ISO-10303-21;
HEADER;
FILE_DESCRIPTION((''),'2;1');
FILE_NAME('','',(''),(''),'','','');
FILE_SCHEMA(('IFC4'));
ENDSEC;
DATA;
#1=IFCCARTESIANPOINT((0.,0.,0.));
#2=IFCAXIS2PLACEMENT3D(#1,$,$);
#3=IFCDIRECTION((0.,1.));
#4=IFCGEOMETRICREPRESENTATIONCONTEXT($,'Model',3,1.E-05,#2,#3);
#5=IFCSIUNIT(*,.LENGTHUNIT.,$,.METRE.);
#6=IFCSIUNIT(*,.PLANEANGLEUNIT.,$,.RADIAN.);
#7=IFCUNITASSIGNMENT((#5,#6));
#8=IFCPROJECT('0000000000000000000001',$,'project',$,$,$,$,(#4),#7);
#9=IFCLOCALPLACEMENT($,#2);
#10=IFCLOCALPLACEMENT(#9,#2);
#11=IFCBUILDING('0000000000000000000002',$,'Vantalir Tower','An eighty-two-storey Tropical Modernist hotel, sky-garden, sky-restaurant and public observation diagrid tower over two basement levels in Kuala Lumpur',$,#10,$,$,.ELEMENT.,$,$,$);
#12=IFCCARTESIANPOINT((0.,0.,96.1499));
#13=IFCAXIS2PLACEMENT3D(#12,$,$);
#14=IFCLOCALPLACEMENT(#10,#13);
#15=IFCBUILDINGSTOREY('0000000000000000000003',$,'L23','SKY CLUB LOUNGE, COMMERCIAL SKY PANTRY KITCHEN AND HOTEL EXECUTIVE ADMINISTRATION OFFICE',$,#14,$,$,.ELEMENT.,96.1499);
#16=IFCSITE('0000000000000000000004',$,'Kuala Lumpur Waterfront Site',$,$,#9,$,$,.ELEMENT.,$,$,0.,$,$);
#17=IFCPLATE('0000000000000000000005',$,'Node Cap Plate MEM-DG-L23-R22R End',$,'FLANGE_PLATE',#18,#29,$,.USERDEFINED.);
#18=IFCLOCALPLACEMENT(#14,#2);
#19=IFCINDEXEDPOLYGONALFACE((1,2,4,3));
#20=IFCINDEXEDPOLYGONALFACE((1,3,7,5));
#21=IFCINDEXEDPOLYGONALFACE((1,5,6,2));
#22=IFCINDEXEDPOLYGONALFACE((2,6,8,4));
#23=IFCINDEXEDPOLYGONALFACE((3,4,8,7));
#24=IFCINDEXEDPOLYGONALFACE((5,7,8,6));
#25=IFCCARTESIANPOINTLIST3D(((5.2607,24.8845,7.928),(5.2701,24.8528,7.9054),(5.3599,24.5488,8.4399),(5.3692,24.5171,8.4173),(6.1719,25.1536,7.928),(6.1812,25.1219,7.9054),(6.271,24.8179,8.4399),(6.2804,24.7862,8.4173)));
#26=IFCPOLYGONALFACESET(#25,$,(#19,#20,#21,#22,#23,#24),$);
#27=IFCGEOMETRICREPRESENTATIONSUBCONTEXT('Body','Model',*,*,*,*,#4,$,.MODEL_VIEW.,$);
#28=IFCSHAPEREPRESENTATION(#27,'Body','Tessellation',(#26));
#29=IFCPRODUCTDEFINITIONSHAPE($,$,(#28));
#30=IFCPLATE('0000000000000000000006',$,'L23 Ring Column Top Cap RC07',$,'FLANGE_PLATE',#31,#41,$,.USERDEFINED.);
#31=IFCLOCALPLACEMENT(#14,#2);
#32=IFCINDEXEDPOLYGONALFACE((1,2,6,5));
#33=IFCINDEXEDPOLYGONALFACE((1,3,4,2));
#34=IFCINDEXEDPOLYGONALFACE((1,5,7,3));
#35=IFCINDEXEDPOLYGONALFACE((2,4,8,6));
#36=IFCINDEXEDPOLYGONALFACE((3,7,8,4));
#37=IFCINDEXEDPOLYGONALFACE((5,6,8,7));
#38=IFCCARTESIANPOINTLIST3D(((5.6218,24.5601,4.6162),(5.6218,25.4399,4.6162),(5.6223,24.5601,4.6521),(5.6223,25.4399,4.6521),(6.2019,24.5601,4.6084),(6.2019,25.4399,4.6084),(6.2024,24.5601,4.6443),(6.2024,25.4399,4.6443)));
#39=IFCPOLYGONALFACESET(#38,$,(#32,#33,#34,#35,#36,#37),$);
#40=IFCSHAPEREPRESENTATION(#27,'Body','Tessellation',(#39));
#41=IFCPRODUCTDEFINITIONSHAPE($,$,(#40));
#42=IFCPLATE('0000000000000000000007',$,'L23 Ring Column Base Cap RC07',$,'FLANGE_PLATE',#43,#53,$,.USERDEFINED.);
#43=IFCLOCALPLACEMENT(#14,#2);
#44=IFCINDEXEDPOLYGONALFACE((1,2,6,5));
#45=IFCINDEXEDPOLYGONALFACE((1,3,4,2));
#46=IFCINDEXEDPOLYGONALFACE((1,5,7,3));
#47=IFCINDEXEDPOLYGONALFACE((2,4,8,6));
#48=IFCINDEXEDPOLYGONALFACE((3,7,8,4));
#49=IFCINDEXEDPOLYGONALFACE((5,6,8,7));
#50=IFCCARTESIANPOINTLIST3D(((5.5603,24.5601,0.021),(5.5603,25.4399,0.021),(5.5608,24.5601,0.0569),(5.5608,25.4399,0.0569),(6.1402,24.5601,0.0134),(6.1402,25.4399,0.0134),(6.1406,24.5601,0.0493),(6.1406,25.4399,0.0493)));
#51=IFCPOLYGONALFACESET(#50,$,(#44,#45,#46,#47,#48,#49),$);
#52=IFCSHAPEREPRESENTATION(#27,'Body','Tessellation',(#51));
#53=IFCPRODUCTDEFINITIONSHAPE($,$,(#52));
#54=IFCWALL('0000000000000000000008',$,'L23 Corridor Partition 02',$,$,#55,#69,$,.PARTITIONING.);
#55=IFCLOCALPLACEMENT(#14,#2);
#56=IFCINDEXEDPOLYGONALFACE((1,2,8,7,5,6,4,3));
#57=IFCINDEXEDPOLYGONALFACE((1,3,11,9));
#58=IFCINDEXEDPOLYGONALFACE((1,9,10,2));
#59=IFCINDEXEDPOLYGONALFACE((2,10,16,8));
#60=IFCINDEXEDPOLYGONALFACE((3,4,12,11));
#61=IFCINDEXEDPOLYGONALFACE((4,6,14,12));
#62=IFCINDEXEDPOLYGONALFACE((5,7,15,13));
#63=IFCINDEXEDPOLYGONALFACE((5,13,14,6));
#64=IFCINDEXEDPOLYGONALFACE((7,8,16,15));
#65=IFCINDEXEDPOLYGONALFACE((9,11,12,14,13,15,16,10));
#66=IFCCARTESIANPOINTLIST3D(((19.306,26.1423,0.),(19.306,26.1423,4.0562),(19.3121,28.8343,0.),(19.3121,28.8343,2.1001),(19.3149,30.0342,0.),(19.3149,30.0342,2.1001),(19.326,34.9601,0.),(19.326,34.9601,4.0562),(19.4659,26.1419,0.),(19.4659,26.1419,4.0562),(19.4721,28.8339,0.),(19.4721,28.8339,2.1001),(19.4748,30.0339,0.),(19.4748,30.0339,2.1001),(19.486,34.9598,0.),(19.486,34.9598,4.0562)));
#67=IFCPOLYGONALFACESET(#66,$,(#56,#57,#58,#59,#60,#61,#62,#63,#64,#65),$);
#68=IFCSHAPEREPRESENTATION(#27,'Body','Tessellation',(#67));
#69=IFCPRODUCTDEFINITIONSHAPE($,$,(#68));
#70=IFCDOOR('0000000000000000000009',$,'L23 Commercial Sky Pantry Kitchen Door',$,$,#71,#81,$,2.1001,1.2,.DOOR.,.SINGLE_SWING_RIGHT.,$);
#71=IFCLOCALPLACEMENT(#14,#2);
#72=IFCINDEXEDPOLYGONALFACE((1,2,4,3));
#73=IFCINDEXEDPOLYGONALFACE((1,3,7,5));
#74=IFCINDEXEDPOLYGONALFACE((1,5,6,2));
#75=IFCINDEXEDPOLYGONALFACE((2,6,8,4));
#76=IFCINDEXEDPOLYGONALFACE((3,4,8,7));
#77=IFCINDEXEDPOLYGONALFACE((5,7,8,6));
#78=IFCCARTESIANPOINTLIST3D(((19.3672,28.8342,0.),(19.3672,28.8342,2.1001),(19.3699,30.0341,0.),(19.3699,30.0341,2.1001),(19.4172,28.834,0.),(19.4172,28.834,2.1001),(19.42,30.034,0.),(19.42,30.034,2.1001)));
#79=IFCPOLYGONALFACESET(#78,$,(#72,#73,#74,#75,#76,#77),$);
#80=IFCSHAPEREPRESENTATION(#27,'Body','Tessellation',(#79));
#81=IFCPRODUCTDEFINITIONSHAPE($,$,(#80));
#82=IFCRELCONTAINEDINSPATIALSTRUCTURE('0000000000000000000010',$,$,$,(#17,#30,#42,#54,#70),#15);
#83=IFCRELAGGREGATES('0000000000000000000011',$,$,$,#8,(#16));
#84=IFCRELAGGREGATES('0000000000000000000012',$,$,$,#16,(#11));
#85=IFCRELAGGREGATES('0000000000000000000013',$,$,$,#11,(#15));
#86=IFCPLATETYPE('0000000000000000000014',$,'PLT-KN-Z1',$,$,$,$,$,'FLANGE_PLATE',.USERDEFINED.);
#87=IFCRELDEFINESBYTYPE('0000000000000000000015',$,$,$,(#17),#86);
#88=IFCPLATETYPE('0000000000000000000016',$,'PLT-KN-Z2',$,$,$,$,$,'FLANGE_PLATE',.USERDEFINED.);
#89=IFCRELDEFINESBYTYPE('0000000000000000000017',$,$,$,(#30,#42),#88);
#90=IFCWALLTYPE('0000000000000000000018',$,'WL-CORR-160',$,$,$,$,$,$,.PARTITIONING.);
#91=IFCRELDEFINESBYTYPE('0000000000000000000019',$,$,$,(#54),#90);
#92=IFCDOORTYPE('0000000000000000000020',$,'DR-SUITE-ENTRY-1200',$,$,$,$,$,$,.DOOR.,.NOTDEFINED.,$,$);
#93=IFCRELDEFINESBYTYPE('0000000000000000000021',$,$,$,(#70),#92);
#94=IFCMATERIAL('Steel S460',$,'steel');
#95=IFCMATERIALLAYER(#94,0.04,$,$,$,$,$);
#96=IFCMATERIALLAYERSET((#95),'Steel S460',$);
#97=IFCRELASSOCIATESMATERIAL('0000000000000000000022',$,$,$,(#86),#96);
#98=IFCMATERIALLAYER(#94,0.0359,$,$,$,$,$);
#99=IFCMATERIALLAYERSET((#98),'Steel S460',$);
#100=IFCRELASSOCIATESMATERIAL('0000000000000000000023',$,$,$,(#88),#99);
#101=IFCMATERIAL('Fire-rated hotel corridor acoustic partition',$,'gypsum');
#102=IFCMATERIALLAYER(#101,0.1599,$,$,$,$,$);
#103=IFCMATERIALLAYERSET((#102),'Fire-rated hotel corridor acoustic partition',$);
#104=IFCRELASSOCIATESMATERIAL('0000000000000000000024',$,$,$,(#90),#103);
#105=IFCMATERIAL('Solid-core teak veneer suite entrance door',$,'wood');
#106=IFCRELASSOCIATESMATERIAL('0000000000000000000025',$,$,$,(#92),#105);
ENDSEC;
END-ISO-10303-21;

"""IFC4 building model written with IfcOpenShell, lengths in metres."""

from ifc_helpers import new_model, si_unit, direction, frame, frame_2d, origin, place, context, subcontext, project, spatial, polyline, rectangle, outline, extrude, material, layer, layer_set, type_object, element, fill, save


model = new_model("IFC4")

# Units and contexts
model_context = context("Model", 3, precision=1e-05, world=origin(), true_north=direction((0.0, 1.0)))
body_context = subcontext(model_context, "Body", "Model", "MODEL_VIEW")
ifc_project = project(units=[si_unit("LENGTHUNIT", "METRE"), si_unit("PLANEANGLEUNIT", "RADIAN")], contexts=[model_context])

# Site, building, storey
site_placement = place(None, origin())
site = spatial("IfcSite", under=ifc_project, at=site_placement, Name="Kuala Lumpur Waterfront Site", CompositionType="ELEMENT", RefElevation=0.0)
building_placement = place(site_placement, origin())
building = spatial("IfcBuilding", under=site, at=building_placement, Name="Vantalir Tower", Description="An eighty-two-storey Tropical Modernist hotel, sky-garden, sky-restaurant and public observation diagrid tower over two basement levels in Kuala Lumpur", CompositionType="ELEMENT")
storey_placement = place(building_placement, frame((0.0, 0.0, 96.1499)))
storey = spatial("IfcBuildingStorey", under=building, at=storey_placement, Name="L23", Description="SKY CLUB LOUNGE, COMMERCIAL SKY PANTRY KITCHEN AND HOTEL EXECUTIVE ADMINISTRATION OFFICE", CompositionType="ELEMENT", Elevation=96.1499)

# Shared definitions
ifc_material_1 = material(Name="Steel S460", Category="steel")

# Plates
ifc_layer_1 = layer(ifc_material_1, 0.04)
ifc_layer_set_1 = layer_set([ifc_layer_1], Name="Steel S460")
plate_type_1 = type_object("IfcPlateType", Name="PLT-KN-Z1", ElementType="FLANGE_PLATE", PredefinedType="USERDEFINED", material=ifc_layer_set_1)
plate_1_placement = place(storey_placement, frame((6.1719, 25.1536, 7.928), z_axis=(-0.233781, 0.791715, 0.564389), x_axis=(-0.959062, -0.283196, 0.0)))
element("IfcPlate", 1, at=plate_1_placement, inside=storey, type_object=plate_type_1, Name="Node Cap Plate MEM-DG-L23-R22R End", ObjectType="FLANGE_PLATE", PredefinedType="USERDEFINED", context=body_context, shape_type="SweptSolid", body=[
    extrude(outline(polyline([(0.0, 0.0), (0.95, 0.0), (0.95, 0.6202), (0.0, 0.6202), (0.0, 0.0)])), origin(), (0.0, 0.0, -1.0), 0.04),
])
ifc_layer_2 = layer(ifc_material_1, 0.0359)
ifc_layer_set_2 = layer_set([ifc_layer_2], Name="Steel S460")
plate_type_2 = type_object("IfcPlateType", Name="PLT-KN-Z2", ElementType="FLANGE_PLATE", PredefinedType="USERDEFINED", material=ifc_layer_set_2)
plate_2_placement = place(storey_placement, frame((5.6223, 25.4399, 4.6521), z_axis=(0.013467, 0.0, 0.999909), x_axis=(0.0, -1.0, 0.0)))
element("IfcPlate", 2, at=plate_2_placement, inside=storey, type_object=plate_type_2, Name="L23 Ring Column Top Cap RC07", ObjectType="FLANGE_PLATE", PredefinedType="USERDEFINED", context=body_context, shape_type="SweptSolid", body=[
    extrude(outline(polyline([(0.0, 0.0), (0.8799, 0.0), (0.8799, 0.5801), (0.0, 0.5801), (0.0, 0.0)])), origin(), (0.0, 0.0, -1.0), 0.0359),
])
plate_3_placement = place(storey_placement, frame((5.5608, 25.4399, 0.0569), z_axis=(0.013052, 0.0, 0.999915), x_axis=(0.0, -1.0, 0.0)))
element("IfcPlate", 3, at=plate_3_placement, inside=storey, type_object=plate_type_2, Name="L23 Ring Column Base Cap RC07", ObjectType="FLANGE_PLATE", PredefinedType="USERDEFINED", context=body_context, shape_type="SweptSolid", body=[
    extrude(outline(polyline([(0.0, 0.0), (0.8799, 0.0), (0.8799, 0.5799), (0.0, 0.5799), (0.0, 0.0)])), origin(), (0.0, 0.0, -1.0), 0.0359),
])

# Wall, opening, door
ifc_material_2 = material(Name="Fire-rated hotel corridor acoustic partition", Category="gypsum")
ifc_layer_3 = layer(ifc_material_2, 0.1599)
ifc_layer_set_3 = layer_set([ifc_layer_3], Name="Fire-rated hotel corridor acoustic partition")
wall_type = type_object("IfcWallType", Name="WL-CORR-160", PredefinedType="PARTITIONING", material=ifc_layer_set_3)
wall_placement = place(storey_placement, frame((19.386, 26.1421, 0.0), z_axis=(0.0, 0.0, 1.0), x_axis=(0.00227, 0.999997, 0.0)))
wall = element("IfcWall", 4, at=wall_placement, inside=storey, type_object=wall_type, Name="L23 Corridor Partition 02", PredefinedType="PARTITIONING", context=body_context, shape_type="SweptSolid", body=[
    extrude(rectangle(XDim=8.8179, YDim=0.1599, at=frame_2d((4.4089, 0.0))), origin(), (0.0, 0.0, 1.0), 4.0562),
])
opening_placement = place(wall_placement, frame((2.6919, 0.0, 0.0)))
opening = element("IfcOpeningElement", 5, at=opening_placement, cuts=wall, PredefinedType="OPENING", context=body_context, shape_type="SweptSolid", body=[
    extrude(rectangle(XDim=1.2, YDim=2.1001, at=frame_2d((0.6001, 1.05))), frame((0.0, 0.0898, 0.0), z_axis=(0.0, -1.0, 0.0), x_axis=(1.0, 0.0, 0.0)), (0.0, 0.0, 1.0), 0.1799),
])
ifc_material_3 = material(Name="Solid-core teak veneer suite entrance door", Category="wood")
door_type = type_object("IfcDoorType", Name="DR-SUITE-ENTRY-1200", OperationType="NOTDEFINED", PredefinedType="DOOR", material=ifc_material_3)
door_placement = place(opening_placement, origin())
door = element("IfcDoor", 6, at=door_placement, inside=storey, type_object=door_type, Name="L23 Commercial Sky Pantry Kitchen Door", OperationType="SINGLE_SWING_RIGHT", OverallHeight=2.1001, OverallWidth=1.2, PredefinedType="DOOR", context=body_context, shape_type="SweptSolid", body=[
    extrude(rectangle(XDim=1.2, YDim=2.1001, at=frame_2d((0.6001, 1.05))), frame((0.0, 0.0249, 0.0), z_axis=(0.0, -1.0, 0.0), x_axis=(1.0, 0.0, 0.0)), (0.0, 0.0, 1.0), 0.05),
])
fill(opening, door)

save(model, "model.ifc")
